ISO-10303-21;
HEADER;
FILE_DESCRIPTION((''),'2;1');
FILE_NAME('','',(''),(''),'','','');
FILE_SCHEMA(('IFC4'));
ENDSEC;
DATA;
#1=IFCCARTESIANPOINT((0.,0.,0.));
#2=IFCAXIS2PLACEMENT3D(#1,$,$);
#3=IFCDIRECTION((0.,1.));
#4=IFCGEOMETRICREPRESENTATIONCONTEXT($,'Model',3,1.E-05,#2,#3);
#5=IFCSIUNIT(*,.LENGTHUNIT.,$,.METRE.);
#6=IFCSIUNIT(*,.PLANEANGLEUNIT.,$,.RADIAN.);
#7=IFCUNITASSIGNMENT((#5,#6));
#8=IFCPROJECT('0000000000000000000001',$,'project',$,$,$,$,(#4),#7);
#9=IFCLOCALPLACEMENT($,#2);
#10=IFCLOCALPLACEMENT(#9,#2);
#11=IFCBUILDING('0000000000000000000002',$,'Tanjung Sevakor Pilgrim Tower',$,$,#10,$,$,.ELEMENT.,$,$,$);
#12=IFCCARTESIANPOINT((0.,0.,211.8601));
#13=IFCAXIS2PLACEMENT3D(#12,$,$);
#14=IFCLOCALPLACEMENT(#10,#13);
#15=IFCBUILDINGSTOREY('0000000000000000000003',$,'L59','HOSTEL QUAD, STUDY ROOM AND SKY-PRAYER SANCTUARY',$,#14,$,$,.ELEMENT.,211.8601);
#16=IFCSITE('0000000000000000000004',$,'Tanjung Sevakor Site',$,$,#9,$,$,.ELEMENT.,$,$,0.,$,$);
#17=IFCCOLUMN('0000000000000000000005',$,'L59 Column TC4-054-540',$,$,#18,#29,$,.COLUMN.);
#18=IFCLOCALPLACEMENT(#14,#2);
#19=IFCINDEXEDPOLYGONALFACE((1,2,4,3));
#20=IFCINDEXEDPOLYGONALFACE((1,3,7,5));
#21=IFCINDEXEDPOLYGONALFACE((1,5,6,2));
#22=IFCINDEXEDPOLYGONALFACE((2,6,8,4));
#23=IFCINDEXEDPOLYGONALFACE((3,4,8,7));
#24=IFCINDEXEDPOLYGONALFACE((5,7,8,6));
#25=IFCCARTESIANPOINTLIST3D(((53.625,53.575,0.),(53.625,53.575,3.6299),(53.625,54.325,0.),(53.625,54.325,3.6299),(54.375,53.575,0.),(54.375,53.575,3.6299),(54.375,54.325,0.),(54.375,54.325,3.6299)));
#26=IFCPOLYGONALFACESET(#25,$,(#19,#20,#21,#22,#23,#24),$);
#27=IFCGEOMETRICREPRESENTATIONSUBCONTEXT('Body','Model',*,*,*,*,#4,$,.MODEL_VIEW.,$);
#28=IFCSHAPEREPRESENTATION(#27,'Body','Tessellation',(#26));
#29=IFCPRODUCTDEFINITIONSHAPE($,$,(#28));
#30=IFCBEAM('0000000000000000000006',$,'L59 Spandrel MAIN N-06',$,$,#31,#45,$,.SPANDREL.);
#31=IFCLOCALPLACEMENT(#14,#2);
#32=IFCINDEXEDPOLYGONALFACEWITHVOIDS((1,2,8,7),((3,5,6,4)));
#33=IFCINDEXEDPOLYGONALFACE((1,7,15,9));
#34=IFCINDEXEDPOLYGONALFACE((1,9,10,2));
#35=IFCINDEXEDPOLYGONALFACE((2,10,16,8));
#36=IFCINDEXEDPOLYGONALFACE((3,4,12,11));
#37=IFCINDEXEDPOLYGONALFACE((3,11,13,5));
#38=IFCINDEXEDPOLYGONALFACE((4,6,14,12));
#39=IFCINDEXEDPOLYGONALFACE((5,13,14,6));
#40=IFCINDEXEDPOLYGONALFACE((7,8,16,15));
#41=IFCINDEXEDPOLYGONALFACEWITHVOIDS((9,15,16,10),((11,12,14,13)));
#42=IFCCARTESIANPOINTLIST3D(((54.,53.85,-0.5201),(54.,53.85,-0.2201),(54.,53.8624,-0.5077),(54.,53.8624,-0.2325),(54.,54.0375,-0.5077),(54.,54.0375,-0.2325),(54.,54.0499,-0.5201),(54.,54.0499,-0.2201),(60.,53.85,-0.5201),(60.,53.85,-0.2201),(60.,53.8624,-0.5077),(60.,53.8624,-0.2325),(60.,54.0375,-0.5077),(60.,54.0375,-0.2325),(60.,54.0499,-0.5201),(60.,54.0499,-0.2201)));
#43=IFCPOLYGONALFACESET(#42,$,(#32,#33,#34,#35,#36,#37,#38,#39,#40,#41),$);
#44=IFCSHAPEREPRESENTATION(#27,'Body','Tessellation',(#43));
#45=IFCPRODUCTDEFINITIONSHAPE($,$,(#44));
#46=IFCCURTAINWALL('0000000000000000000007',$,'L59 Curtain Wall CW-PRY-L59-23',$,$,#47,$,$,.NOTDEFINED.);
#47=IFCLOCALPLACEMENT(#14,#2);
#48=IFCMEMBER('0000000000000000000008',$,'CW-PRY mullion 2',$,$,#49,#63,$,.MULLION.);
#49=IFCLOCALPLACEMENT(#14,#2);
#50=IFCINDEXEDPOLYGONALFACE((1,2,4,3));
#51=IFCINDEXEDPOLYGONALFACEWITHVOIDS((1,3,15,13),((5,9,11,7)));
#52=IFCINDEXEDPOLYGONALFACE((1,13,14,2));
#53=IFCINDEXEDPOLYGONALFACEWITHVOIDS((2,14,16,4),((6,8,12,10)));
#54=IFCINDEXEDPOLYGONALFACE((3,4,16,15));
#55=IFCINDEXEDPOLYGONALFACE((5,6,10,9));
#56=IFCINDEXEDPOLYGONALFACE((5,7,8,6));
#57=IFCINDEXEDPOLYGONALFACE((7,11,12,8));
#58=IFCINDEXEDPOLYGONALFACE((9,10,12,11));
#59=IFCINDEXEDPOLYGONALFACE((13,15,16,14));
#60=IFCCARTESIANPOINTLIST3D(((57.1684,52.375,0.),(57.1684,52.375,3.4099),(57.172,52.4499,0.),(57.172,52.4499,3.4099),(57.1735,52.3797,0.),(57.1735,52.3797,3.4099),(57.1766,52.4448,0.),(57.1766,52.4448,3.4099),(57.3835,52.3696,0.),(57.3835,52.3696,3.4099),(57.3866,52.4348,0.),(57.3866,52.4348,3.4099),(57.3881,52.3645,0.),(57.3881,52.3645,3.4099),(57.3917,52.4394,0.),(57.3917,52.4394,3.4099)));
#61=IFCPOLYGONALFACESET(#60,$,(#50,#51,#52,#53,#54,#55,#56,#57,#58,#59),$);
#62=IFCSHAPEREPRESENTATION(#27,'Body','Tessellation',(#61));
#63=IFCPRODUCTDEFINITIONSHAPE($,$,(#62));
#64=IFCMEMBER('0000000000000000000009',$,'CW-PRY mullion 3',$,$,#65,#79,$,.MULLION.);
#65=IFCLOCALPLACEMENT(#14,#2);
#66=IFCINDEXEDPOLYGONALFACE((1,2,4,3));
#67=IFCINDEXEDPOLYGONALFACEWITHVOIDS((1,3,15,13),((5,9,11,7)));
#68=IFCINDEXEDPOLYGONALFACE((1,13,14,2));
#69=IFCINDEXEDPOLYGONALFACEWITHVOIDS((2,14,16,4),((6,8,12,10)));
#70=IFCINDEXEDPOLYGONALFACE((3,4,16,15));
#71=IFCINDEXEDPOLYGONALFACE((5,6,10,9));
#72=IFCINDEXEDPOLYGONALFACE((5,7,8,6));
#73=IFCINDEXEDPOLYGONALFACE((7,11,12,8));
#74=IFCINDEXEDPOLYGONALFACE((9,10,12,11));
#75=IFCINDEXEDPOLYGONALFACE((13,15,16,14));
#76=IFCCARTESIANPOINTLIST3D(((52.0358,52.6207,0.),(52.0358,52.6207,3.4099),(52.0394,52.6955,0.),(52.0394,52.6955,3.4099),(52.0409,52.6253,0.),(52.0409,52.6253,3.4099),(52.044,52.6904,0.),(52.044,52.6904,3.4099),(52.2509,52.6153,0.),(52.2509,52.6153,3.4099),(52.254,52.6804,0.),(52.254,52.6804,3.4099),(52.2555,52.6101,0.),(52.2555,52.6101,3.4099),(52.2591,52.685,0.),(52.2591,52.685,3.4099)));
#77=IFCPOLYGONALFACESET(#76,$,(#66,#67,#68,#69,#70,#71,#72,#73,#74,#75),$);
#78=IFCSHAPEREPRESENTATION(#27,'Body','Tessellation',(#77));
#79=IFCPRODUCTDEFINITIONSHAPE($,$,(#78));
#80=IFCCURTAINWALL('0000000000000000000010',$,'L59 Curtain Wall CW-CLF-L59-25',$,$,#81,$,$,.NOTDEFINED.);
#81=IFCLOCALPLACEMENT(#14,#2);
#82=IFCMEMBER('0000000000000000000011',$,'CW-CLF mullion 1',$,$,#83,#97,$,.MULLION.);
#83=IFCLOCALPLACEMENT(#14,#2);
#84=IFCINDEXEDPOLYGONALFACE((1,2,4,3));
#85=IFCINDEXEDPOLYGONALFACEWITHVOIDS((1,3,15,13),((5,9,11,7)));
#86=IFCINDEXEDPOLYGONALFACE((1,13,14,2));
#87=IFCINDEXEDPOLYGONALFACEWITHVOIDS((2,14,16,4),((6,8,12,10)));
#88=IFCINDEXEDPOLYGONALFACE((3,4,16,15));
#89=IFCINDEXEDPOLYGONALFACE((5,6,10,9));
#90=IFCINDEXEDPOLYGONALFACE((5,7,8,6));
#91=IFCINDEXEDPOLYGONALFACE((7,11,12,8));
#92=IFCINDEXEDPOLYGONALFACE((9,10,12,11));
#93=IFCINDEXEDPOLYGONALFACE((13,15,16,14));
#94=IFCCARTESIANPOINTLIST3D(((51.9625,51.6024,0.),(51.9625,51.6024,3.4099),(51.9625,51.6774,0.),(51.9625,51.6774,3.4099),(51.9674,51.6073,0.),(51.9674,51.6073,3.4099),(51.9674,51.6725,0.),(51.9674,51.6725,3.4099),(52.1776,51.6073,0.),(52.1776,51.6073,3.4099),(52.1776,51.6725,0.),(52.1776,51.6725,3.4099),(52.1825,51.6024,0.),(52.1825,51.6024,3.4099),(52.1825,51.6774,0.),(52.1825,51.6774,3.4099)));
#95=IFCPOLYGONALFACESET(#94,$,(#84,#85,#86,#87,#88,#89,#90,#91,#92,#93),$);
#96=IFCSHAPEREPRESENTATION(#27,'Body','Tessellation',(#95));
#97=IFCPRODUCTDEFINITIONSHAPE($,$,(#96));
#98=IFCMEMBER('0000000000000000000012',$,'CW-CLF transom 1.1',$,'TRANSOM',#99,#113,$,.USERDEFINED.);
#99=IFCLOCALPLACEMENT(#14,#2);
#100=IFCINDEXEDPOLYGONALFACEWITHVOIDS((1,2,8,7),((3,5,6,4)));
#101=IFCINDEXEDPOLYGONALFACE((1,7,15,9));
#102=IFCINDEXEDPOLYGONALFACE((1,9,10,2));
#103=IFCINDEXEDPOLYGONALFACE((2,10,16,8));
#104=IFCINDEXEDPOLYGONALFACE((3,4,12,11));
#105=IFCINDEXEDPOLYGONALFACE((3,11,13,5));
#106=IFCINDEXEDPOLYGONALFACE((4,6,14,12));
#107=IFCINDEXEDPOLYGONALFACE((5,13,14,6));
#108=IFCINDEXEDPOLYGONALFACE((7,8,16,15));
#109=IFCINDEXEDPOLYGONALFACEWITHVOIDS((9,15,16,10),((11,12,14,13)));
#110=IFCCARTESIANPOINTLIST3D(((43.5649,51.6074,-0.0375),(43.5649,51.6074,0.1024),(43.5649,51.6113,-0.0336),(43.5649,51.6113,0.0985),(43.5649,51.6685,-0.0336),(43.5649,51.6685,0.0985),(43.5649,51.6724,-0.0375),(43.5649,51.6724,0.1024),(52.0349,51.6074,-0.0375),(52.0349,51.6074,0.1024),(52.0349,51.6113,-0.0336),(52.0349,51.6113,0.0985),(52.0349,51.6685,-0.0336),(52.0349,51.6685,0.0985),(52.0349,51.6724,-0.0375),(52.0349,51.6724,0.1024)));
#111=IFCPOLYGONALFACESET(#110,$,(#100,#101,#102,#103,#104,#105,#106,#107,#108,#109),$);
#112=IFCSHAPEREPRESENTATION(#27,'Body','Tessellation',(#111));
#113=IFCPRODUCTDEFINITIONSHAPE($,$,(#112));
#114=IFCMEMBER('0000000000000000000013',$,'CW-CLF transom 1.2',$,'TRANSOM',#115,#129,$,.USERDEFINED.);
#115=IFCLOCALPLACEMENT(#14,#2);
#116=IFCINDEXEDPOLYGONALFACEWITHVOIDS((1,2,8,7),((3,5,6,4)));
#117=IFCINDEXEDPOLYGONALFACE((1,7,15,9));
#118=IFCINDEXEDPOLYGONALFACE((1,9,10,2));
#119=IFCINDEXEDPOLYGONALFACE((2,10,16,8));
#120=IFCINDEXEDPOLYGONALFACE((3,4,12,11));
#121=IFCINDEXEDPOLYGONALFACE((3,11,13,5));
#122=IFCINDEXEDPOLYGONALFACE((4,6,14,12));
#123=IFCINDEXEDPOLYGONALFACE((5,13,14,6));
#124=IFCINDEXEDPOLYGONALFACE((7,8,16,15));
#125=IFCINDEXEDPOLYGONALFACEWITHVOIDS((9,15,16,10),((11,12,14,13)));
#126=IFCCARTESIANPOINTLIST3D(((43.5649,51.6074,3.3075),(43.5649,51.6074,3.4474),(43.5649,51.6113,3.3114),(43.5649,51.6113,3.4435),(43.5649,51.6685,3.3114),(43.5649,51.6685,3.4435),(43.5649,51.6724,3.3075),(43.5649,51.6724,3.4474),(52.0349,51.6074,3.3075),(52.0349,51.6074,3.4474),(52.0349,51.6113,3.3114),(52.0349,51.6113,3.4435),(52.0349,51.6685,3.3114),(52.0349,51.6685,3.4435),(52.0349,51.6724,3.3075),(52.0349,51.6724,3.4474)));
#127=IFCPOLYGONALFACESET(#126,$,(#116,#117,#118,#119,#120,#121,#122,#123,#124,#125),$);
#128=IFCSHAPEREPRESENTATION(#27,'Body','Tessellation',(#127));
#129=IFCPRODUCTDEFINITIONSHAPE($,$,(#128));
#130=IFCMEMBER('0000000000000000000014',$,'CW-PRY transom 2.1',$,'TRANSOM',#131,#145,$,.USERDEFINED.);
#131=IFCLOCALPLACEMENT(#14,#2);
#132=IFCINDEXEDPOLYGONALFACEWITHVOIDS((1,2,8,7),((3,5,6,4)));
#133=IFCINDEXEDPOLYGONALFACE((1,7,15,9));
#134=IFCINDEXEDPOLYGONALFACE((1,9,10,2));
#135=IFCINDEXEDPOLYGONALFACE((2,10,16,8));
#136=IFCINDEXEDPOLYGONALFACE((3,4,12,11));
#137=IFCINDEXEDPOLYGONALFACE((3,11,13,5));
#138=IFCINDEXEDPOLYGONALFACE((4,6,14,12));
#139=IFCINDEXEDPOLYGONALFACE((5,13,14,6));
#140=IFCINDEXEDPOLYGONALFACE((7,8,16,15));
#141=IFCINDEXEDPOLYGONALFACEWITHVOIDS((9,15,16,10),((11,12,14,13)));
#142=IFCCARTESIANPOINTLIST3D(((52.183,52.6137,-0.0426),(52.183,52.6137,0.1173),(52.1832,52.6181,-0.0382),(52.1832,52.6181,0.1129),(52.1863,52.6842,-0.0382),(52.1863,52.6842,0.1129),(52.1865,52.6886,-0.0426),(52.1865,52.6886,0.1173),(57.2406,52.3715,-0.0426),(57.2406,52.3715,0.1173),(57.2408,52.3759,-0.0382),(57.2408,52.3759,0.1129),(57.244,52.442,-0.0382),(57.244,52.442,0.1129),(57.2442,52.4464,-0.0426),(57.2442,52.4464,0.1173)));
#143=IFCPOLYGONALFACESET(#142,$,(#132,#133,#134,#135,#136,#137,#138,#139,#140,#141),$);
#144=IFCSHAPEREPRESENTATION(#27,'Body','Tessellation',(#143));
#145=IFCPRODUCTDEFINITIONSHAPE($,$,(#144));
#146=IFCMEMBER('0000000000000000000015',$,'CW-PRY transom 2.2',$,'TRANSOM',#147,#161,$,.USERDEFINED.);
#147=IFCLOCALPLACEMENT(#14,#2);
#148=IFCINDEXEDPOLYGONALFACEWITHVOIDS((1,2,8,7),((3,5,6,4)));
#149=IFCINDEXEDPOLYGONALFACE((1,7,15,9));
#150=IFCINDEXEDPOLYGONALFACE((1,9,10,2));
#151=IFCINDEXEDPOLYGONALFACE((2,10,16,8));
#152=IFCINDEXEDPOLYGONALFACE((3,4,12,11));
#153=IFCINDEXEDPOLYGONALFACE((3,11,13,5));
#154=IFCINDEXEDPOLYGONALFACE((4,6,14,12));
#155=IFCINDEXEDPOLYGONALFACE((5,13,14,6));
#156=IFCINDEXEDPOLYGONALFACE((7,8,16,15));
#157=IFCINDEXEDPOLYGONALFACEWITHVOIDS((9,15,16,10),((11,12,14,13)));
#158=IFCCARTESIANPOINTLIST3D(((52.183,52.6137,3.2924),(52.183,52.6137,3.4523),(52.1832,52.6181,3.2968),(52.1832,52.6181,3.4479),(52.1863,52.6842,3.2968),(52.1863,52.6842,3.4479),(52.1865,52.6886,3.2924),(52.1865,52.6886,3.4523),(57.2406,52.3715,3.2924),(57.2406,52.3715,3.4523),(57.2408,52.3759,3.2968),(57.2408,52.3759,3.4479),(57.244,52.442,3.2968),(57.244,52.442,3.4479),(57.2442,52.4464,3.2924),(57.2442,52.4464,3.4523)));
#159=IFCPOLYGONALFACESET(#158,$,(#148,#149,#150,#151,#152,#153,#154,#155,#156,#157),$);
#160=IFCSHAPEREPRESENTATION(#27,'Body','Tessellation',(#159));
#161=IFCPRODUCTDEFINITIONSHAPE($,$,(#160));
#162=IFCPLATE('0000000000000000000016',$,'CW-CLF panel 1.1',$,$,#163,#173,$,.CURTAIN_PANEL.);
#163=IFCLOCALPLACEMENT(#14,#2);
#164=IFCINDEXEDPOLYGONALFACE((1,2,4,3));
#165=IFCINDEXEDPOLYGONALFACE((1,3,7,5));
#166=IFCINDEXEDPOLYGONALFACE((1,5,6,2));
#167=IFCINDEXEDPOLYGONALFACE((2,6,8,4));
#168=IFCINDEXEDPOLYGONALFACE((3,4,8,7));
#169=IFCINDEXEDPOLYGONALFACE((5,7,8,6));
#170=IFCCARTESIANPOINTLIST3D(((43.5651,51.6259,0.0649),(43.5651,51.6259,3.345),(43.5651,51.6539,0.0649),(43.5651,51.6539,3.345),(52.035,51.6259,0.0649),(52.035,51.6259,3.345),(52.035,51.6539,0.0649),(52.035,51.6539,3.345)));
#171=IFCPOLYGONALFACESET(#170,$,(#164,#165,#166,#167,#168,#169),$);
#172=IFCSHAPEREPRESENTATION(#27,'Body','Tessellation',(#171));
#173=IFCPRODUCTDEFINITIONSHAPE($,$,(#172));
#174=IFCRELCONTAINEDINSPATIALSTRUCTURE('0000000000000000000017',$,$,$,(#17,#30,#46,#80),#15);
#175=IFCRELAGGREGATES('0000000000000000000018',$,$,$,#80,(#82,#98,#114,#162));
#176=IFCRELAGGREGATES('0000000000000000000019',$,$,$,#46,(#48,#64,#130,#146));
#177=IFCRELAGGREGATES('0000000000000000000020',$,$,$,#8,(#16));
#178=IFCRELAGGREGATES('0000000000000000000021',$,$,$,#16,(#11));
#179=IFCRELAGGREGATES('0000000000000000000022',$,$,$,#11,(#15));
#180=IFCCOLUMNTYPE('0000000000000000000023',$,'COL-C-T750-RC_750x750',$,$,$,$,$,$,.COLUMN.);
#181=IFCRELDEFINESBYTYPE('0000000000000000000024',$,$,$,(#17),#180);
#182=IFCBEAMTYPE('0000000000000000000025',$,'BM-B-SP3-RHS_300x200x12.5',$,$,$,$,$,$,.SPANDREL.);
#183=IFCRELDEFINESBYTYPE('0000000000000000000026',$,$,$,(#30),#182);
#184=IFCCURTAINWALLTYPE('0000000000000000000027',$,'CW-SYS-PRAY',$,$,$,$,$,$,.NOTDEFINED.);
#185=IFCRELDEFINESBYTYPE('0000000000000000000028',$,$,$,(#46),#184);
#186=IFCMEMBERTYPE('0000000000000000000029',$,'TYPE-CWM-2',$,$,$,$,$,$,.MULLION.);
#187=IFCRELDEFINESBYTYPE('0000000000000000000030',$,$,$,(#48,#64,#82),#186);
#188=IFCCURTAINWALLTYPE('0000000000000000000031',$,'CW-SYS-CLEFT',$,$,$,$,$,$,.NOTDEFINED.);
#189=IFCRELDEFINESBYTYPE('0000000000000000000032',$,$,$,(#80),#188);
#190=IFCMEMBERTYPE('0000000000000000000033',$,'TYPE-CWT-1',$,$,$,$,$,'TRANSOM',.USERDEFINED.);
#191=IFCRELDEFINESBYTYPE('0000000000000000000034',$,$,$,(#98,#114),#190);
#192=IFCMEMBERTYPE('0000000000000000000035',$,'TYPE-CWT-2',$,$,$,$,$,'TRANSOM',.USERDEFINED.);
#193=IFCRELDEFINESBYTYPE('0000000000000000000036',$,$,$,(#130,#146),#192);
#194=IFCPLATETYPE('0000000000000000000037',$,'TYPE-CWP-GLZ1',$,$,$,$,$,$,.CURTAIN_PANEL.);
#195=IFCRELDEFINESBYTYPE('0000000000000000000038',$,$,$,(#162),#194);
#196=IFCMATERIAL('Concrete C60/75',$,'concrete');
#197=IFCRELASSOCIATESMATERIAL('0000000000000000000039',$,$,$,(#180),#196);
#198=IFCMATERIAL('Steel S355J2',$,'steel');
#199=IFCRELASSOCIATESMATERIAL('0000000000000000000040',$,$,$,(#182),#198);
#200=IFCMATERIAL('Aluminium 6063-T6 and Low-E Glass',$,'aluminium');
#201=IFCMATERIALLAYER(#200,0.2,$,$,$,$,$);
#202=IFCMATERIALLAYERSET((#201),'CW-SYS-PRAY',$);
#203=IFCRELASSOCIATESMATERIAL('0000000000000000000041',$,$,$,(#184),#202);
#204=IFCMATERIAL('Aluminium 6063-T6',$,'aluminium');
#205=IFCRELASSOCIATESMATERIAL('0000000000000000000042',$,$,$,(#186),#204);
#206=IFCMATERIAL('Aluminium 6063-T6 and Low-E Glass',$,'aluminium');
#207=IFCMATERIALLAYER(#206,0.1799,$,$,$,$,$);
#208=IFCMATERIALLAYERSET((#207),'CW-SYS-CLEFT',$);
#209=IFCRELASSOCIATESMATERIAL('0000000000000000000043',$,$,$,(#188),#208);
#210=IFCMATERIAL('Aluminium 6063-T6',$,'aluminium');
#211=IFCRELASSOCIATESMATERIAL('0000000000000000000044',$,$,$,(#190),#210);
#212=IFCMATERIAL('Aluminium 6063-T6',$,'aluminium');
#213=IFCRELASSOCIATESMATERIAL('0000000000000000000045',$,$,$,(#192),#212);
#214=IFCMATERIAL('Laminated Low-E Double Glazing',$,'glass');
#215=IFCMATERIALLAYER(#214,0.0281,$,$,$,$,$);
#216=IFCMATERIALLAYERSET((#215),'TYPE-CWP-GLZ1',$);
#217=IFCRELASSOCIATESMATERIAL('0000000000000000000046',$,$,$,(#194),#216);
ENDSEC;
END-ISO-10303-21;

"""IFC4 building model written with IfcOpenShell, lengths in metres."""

from ifc_helpers import new_model, si_unit, direction, frame, origin, origin_2d, place, context, subcontext, project, spatial, rectangle, hollow_rectangle, extrude, material, layer, layer_set, material_profile, profile_set, type_object, element, aggregate, save


model = new_model("IFC4")

# Units and contexts
model_context = context("Model", 3, precision=1e-05, world=origin(), true_north=direction((0.0, 1.0)))
body_context = subcontext(model_context, "Body", "Model", "MODEL_VIEW")
ifc_project = project(units=[si_unit("LENGTHUNIT", "METRE"), si_unit("PLANEANGLEUNIT", "RADIAN")], contexts=[model_context])

# Site, building, storey
site_placement = place(None, origin())
site = spatial("IfcSite", under=ifc_project, at=site_placement, Name="Tanjung Sevakor Site", CompositionType="ELEMENT", RefElevation=0.0)
building_placement = place(site_placement, origin())
building = spatial("IfcBuilding", under=site, at=building_placement, Name="Tanjung Sevakor Pilgrim Tower", CompositionType="ELEMENT")
storey_placement = place(building_placement, frame((0.0, 0.0, 211.8601)))
storey = spatial("IfcBuildingStorey", under=building, at=storey_placement, Name="L59", Description="HOSTEL QUAD, STUDY ROOM AND SKY-PRAYER SANCTUARY", CompositionType="ELEMENT", Elevation=211.8601)

# Column
ifc_material_1 = material(Name="Concrete C60/75", Category="concrete")
ifc_material_profile_1 = material_profile(ifc_material_1, rectangle(XDim=0.75, YDim=0.75, at=origin_2d()))
ifc_profile_set_1 = profile_set([ifc_material_profile_1], Name="Concrete C60/75")
column_type = type_object("IfcColumnType", Name="COL-C-T750-RC_750x750", PredefinedType="COLUMN", material=ifc_profile_set_1)
column_placement = place(storey_placement, frame((54.0, 53.95, 0.0), z_axis=(0.0, 0.0, 1.0), x_axis=(1.0, 0.0, 0.0)))
element("IfcColumn", 1, at=column_placement, inside=storey, type_object=column_type, Name="L59 Column TC4-054-540", PredefinedType="COLUMN", context=body_context, shape_type="SweptSolid", body=[
    extrude(rectangle(XDim=0.75, YDim=0.75, at=origin_2d()), origin(), (0.0, 0.0, 1.0), 3.6299),
])

# Beam
ifc_material_2 = material(Name="Steel S355J2", Category="steel")
ifc_material_profile_2 = material_profile(ifc_material_2, hollow_rectangle(XDim=0.2, YDim=0.3, WallThickness=0.0125, at=origin_2d()))
ifc_profile_set_2 = profile_set([ifc_material_profile_2], Name="Steel S355J2")
beam_type = type_object("IfcBeamType", Name="BM-B-SP3-RHS_300x200x12.5", PredefinedType="SPANDREL", material=ifc_profile_set_2)
beam_placement = place(storey_placement, frame((54.0, 53.95, -0.3701), z_axis=(1.0, 0.0, 0.0), x_axis=(0.0, 1.0, 0.0)))
element("IfcBeam", 2, at=beam_placement, inside=storey, type_object=beam_type, Name="L59 Spandrel MAIN N-06", PredefinedType="SPANDREL", context=body_context, shape_type="SweptSolid", body=[
    extrude(hollow_rectangle(XDim=0.2, YDim=0.3, WallThickness=0.0125, at=origin_2d()), origin(), (0.0, 0.0, 1.0), 6.0),
])

# Curtain walls, members
ifc_material_3 = material(Name="Aluminium 6063-T6 and Low-E Glass", Category="aluminium")
ifc_layer_1 = layer(ifc_material_3, 0.2)
ifc_layer_set_1 = layer_set([ifc_layer_1], Name="CW-SYS-PRAY")
curtain_wall_type_1 = type_object("IfcCurtainWallType", Name="CW-SYS-PRAY", PredefinedType="NOTDEFINED", material=ifc_layer_set_1)
curtain_wall_1_placement = place(storey_placement, origin())
curtain_wall_1 = element("IfcCurtainWall", 3, at=curtain_wall_1_placement, inside=storey, type_object=curtain_wall_type_1, Name="L59 Curtain Wall CW-PRY-L59-23", PredefinedType="NOTDEFINED")
ifc_material_4 = material(Name="Aluminium 6063-T6", Category="aluminium")
ifc_material_profile_3 = material_profile(ifc_material_4, hollow_rectangle(XDim=0.075, YDim=0.22, WallThickness=0.0049, at=origin_2d()))
ifc_profile_set_3 = profile_set([ifc_material_profile_3], Name="Aluminium 6063-T6")
member_type_1 = type_object("IfcMemberType", Name="TYPE-CWM-2", PredefinedType="MULLION", material=ifc_profile_set_3)
member_1_placement = place(storey_placement, frame((57.28, 52.4072, 0.0), z_axis=(0.0, 0.0, 1.0), x_axis=(-0.047789, -0.998857, 0.0)))
member_1 = element("IfcMember", 4, at=member_1_placement, type_object=member_type_1, Name="CW-PRY mullion 2", PredefinedType="MULLION", context=body_context, shape_type="SweptSolid", body=[
    extrude(hollow_rectangle(XDim=0.075, YDim=0.22, WallThickness=0.0049, at=origin_2d()), origin(), (0.0, 0.0, 1.0), 3.4099),
])
member_2_placement = place(storey_placement, frame((52.1475, 52.6528, 0.0), z_axis=(0.0, 0.0, 1.0), x_axis=(-0.047789, -0.998857, 0.0)))
member_2 = element("IfcMember", 5, at=member_2_placement, type_object=member_type_1, Name="CW-PRY mullion 3", PredefinedType="MULLION", context=body_context, shape_type="SweptSolid", body=[
    extrude(hollow_rectangle(XDim=0.075, YDim=0.22, WallThickness=0.0049, at=origin_2d()), origin(), (0.0, 0.0, 1.0), 3.4099),
])
ifc_material_5 = material(Name="Aluminium 6063-T6 and Low-E Glass", Category="aluminium")
ifc_layer_2 = layer(ifc_material_5, 0.1799)
ifc_layer_set_2 = layer_set([ifc_layer_2], Name="CW-SYS-CLEFT")
curtain_wall_type_2 = type_object("IfcCurtainWallType", Name="CW-SYS-CLEFT", PredefinedType="NOTDEFINED", material=ifc_layer_set_2)
curtain_wall_2_placement = place(storey_placement, origin())
curtain_wall_2 = element("IfcCurtainWall", 6, at=curtain_wall_2_placement, inside=storey, type_object=curtain_wall_type_2, Name="L59 Curtain Wall CW-CLF-L59-25", PredefinedType="NOTDEFINED")
member_3_placement = place(storey_placement, frame((52.0725, 51.6399, 0.0), z_axis=(0.0, 0.0, 1.0), x_axis=(0.0, -1.0, 0.0)))
member_3 = element("IfcMember", 7, at=member_3_placement, type_object=member_type_1, Name="CW-CLF mullion 1", PredefinedType="MULLION", context=body_context, shape_type="SweptSolid", body=[
    extrude(hollow_rectangle(XDim=0.075, YDim=0.22, WallThickness=0.0049, at=origin_2d()), origin(), (0.0, 0.0, 1.0), 3.4099),
])
ifc_material_6 = material(Name="Aluminium 6063-T6", Category="aluminium")
ifc_material_profile_4 = material_profile(ifc_material_6, hollow_rectangle(XDim=0.0649, YDim=0.1399, WallThickness=0.0039, at=origin_2d()))
ifc_profile_set_4 = profile_set([ifc_material_profile_4], Name="Aluminium 6063-T6")
member_type_2 = type_object("IfcMemberType", Name="TYPE-CWT-1", ElementType="TRANSOM", PredefinedType="USERDEFINED", material=ifc_profile_set_4)
member_4_placement = place(storey_placement, frame((52.0349, 51.6399, 0.0325), z_axis=(-1.0, 0.0, 0.0), x_axis=(0.0, -1.0, 0.0)))
member_4 = element("IfcMember", 8, at=member_4_placement, type_object=member_type_2, Name="CW-CLF transom 1.1", ObjectType="TRANSOM", PredefinedType="USERDEFINED", context=body_context, shape_type="SweptSolid", body=[
    extrude(hollow_rectangle(XDim=0.0649, YDim=0.1399, WallThickness=0.0039, at=origin_2d()), origin(), (0.0, 0.0, 1.0), 8.47),
])
member_5_placement = place(storey_placement, frame((52.0349, 51.6399, 3.3774), z_axis=(-1.0, 0.0, 0.0), x_axis=(0.0, -1.0, 0.0)))
member_5 = element("IfcMember", 9, at=member_5_placement, type_object=member_type_2, Name="CW-CLF transom 1.2", ObjectType="TRANSOM", PredefinedType="USERDEFINED", context=body_context, shape_type="SweptSolid", body=[
    extrude(hollow_rectangle(XDim=0.0649, YDim=0.1399, WallThickness=0.0039, at=origin_2d()), origin(), (0.0, 0.0, 1.0), 8.47),
])

# Members
ifc_material_7 = material(Name="Aluminium 6063-T6", Category="aluminium")
ifc_material_profile_5 = material_profile(ifc_material_7, hollow_rectangle(XDim=0.075, YDim=0.1599, WallThickness=0.0044, at=origin_2d()))
ifc_profile_set_5 = profile_set([ifc_material_profile_5], Name="Aluminium 6063-T6")
member_type_3 = type_object("IfcMemberType", Name="TYPE-CWT-2", ElementType="TRANSOM", PredefinedType="USERDEFINED", material=ifc_profile_set_5)
member_6_placement = place(storey_placement, frame((57.2424, 52.4089, 0.0374), z_axis=(-0.998855, 0.047831, 0.0), x_axis=(-0.047831, -0.998855, 0.0)))
member_6 = element("IfcMember", 10, at=member_6_placement, type_object=member_type_3, Name="CW-PRY transom 2.1", ObjectType="TRANSOM", PredefinedType="USERDEFINED", context=body_context, shape_type="SweptSolid", body=[
    extrude(hollow_rectangle(XDim=0.075, YDim=0.1599, WallThickness=0.0044, at=origin_2d()), origin(), (0.0, 0.0, 1.0), 5.0635),
])
member_7_placement = place(storey_placement, frame((57.2424, 52.4089, 3.3723), z_axis=(-0.998855, 0.047831, 0.0), x_axis=(-0.047831, -0.998855, 0.0)))
member_7 = element("IfcMember", 11, at=member_7_placement, type_object=member_type_3, Name="CW-PRY transom 2.2", ObjectType="TRANSOM", PredefinedType="USERDEFINED", context=body_context, shape_type="SweptSolid", body=[
    extrude(hollow_rectangle(XDim=0.075, YDim=0.1599, WallThickness=0.0044, at=origin_2d()), origin(), (0.0, 0.0, 1.0), 5.0635),
])

# Plate
ifc_material_8 = material(Name="Laminated Low-E Double Glazing", Category="glass")
ifc_layer_3 = layer(ifc_material_8, 0.0281)
ifc_layer_set_3 = layer_set([ifc_layer_3], Name="TYPE-CWP-GLZ1")
plate_type_1 = type_object("IfcPlateType", Name="TYPE-CWP-GLZ1", PredefinedType="CURTAIN_PANEL", material=ifc_layer_set_3)
plate_1_placement = place(storey_placement, frame((47.8, 51.6399, 0.0649), z_axis=(0.0, 0.0, 1.0), x_axis=(-1.0, 0.0, 0.0)))
plate_1 = element("IfcPlate", 12, at=plate_1_placement, type_object=plate_type_1, Name="CW-CLF panel 1.1", PredefinedType="CURTAIN_PANEL", context=body_context, shape_type="SweptSolid", body=[
    extrude(rectangle(XDim=8.47, YDim=0.0281, at=origin_2d()), origin(), (0.0, 0.0, 1.0), 3.28),
])
aggregate(curtain_wall_2, [member_3, member_4, member_5, plate_1])
aggregate(curtain_wall_1, [member_1, member_2, member_6, member_7])

save(model, "model.ifc")
